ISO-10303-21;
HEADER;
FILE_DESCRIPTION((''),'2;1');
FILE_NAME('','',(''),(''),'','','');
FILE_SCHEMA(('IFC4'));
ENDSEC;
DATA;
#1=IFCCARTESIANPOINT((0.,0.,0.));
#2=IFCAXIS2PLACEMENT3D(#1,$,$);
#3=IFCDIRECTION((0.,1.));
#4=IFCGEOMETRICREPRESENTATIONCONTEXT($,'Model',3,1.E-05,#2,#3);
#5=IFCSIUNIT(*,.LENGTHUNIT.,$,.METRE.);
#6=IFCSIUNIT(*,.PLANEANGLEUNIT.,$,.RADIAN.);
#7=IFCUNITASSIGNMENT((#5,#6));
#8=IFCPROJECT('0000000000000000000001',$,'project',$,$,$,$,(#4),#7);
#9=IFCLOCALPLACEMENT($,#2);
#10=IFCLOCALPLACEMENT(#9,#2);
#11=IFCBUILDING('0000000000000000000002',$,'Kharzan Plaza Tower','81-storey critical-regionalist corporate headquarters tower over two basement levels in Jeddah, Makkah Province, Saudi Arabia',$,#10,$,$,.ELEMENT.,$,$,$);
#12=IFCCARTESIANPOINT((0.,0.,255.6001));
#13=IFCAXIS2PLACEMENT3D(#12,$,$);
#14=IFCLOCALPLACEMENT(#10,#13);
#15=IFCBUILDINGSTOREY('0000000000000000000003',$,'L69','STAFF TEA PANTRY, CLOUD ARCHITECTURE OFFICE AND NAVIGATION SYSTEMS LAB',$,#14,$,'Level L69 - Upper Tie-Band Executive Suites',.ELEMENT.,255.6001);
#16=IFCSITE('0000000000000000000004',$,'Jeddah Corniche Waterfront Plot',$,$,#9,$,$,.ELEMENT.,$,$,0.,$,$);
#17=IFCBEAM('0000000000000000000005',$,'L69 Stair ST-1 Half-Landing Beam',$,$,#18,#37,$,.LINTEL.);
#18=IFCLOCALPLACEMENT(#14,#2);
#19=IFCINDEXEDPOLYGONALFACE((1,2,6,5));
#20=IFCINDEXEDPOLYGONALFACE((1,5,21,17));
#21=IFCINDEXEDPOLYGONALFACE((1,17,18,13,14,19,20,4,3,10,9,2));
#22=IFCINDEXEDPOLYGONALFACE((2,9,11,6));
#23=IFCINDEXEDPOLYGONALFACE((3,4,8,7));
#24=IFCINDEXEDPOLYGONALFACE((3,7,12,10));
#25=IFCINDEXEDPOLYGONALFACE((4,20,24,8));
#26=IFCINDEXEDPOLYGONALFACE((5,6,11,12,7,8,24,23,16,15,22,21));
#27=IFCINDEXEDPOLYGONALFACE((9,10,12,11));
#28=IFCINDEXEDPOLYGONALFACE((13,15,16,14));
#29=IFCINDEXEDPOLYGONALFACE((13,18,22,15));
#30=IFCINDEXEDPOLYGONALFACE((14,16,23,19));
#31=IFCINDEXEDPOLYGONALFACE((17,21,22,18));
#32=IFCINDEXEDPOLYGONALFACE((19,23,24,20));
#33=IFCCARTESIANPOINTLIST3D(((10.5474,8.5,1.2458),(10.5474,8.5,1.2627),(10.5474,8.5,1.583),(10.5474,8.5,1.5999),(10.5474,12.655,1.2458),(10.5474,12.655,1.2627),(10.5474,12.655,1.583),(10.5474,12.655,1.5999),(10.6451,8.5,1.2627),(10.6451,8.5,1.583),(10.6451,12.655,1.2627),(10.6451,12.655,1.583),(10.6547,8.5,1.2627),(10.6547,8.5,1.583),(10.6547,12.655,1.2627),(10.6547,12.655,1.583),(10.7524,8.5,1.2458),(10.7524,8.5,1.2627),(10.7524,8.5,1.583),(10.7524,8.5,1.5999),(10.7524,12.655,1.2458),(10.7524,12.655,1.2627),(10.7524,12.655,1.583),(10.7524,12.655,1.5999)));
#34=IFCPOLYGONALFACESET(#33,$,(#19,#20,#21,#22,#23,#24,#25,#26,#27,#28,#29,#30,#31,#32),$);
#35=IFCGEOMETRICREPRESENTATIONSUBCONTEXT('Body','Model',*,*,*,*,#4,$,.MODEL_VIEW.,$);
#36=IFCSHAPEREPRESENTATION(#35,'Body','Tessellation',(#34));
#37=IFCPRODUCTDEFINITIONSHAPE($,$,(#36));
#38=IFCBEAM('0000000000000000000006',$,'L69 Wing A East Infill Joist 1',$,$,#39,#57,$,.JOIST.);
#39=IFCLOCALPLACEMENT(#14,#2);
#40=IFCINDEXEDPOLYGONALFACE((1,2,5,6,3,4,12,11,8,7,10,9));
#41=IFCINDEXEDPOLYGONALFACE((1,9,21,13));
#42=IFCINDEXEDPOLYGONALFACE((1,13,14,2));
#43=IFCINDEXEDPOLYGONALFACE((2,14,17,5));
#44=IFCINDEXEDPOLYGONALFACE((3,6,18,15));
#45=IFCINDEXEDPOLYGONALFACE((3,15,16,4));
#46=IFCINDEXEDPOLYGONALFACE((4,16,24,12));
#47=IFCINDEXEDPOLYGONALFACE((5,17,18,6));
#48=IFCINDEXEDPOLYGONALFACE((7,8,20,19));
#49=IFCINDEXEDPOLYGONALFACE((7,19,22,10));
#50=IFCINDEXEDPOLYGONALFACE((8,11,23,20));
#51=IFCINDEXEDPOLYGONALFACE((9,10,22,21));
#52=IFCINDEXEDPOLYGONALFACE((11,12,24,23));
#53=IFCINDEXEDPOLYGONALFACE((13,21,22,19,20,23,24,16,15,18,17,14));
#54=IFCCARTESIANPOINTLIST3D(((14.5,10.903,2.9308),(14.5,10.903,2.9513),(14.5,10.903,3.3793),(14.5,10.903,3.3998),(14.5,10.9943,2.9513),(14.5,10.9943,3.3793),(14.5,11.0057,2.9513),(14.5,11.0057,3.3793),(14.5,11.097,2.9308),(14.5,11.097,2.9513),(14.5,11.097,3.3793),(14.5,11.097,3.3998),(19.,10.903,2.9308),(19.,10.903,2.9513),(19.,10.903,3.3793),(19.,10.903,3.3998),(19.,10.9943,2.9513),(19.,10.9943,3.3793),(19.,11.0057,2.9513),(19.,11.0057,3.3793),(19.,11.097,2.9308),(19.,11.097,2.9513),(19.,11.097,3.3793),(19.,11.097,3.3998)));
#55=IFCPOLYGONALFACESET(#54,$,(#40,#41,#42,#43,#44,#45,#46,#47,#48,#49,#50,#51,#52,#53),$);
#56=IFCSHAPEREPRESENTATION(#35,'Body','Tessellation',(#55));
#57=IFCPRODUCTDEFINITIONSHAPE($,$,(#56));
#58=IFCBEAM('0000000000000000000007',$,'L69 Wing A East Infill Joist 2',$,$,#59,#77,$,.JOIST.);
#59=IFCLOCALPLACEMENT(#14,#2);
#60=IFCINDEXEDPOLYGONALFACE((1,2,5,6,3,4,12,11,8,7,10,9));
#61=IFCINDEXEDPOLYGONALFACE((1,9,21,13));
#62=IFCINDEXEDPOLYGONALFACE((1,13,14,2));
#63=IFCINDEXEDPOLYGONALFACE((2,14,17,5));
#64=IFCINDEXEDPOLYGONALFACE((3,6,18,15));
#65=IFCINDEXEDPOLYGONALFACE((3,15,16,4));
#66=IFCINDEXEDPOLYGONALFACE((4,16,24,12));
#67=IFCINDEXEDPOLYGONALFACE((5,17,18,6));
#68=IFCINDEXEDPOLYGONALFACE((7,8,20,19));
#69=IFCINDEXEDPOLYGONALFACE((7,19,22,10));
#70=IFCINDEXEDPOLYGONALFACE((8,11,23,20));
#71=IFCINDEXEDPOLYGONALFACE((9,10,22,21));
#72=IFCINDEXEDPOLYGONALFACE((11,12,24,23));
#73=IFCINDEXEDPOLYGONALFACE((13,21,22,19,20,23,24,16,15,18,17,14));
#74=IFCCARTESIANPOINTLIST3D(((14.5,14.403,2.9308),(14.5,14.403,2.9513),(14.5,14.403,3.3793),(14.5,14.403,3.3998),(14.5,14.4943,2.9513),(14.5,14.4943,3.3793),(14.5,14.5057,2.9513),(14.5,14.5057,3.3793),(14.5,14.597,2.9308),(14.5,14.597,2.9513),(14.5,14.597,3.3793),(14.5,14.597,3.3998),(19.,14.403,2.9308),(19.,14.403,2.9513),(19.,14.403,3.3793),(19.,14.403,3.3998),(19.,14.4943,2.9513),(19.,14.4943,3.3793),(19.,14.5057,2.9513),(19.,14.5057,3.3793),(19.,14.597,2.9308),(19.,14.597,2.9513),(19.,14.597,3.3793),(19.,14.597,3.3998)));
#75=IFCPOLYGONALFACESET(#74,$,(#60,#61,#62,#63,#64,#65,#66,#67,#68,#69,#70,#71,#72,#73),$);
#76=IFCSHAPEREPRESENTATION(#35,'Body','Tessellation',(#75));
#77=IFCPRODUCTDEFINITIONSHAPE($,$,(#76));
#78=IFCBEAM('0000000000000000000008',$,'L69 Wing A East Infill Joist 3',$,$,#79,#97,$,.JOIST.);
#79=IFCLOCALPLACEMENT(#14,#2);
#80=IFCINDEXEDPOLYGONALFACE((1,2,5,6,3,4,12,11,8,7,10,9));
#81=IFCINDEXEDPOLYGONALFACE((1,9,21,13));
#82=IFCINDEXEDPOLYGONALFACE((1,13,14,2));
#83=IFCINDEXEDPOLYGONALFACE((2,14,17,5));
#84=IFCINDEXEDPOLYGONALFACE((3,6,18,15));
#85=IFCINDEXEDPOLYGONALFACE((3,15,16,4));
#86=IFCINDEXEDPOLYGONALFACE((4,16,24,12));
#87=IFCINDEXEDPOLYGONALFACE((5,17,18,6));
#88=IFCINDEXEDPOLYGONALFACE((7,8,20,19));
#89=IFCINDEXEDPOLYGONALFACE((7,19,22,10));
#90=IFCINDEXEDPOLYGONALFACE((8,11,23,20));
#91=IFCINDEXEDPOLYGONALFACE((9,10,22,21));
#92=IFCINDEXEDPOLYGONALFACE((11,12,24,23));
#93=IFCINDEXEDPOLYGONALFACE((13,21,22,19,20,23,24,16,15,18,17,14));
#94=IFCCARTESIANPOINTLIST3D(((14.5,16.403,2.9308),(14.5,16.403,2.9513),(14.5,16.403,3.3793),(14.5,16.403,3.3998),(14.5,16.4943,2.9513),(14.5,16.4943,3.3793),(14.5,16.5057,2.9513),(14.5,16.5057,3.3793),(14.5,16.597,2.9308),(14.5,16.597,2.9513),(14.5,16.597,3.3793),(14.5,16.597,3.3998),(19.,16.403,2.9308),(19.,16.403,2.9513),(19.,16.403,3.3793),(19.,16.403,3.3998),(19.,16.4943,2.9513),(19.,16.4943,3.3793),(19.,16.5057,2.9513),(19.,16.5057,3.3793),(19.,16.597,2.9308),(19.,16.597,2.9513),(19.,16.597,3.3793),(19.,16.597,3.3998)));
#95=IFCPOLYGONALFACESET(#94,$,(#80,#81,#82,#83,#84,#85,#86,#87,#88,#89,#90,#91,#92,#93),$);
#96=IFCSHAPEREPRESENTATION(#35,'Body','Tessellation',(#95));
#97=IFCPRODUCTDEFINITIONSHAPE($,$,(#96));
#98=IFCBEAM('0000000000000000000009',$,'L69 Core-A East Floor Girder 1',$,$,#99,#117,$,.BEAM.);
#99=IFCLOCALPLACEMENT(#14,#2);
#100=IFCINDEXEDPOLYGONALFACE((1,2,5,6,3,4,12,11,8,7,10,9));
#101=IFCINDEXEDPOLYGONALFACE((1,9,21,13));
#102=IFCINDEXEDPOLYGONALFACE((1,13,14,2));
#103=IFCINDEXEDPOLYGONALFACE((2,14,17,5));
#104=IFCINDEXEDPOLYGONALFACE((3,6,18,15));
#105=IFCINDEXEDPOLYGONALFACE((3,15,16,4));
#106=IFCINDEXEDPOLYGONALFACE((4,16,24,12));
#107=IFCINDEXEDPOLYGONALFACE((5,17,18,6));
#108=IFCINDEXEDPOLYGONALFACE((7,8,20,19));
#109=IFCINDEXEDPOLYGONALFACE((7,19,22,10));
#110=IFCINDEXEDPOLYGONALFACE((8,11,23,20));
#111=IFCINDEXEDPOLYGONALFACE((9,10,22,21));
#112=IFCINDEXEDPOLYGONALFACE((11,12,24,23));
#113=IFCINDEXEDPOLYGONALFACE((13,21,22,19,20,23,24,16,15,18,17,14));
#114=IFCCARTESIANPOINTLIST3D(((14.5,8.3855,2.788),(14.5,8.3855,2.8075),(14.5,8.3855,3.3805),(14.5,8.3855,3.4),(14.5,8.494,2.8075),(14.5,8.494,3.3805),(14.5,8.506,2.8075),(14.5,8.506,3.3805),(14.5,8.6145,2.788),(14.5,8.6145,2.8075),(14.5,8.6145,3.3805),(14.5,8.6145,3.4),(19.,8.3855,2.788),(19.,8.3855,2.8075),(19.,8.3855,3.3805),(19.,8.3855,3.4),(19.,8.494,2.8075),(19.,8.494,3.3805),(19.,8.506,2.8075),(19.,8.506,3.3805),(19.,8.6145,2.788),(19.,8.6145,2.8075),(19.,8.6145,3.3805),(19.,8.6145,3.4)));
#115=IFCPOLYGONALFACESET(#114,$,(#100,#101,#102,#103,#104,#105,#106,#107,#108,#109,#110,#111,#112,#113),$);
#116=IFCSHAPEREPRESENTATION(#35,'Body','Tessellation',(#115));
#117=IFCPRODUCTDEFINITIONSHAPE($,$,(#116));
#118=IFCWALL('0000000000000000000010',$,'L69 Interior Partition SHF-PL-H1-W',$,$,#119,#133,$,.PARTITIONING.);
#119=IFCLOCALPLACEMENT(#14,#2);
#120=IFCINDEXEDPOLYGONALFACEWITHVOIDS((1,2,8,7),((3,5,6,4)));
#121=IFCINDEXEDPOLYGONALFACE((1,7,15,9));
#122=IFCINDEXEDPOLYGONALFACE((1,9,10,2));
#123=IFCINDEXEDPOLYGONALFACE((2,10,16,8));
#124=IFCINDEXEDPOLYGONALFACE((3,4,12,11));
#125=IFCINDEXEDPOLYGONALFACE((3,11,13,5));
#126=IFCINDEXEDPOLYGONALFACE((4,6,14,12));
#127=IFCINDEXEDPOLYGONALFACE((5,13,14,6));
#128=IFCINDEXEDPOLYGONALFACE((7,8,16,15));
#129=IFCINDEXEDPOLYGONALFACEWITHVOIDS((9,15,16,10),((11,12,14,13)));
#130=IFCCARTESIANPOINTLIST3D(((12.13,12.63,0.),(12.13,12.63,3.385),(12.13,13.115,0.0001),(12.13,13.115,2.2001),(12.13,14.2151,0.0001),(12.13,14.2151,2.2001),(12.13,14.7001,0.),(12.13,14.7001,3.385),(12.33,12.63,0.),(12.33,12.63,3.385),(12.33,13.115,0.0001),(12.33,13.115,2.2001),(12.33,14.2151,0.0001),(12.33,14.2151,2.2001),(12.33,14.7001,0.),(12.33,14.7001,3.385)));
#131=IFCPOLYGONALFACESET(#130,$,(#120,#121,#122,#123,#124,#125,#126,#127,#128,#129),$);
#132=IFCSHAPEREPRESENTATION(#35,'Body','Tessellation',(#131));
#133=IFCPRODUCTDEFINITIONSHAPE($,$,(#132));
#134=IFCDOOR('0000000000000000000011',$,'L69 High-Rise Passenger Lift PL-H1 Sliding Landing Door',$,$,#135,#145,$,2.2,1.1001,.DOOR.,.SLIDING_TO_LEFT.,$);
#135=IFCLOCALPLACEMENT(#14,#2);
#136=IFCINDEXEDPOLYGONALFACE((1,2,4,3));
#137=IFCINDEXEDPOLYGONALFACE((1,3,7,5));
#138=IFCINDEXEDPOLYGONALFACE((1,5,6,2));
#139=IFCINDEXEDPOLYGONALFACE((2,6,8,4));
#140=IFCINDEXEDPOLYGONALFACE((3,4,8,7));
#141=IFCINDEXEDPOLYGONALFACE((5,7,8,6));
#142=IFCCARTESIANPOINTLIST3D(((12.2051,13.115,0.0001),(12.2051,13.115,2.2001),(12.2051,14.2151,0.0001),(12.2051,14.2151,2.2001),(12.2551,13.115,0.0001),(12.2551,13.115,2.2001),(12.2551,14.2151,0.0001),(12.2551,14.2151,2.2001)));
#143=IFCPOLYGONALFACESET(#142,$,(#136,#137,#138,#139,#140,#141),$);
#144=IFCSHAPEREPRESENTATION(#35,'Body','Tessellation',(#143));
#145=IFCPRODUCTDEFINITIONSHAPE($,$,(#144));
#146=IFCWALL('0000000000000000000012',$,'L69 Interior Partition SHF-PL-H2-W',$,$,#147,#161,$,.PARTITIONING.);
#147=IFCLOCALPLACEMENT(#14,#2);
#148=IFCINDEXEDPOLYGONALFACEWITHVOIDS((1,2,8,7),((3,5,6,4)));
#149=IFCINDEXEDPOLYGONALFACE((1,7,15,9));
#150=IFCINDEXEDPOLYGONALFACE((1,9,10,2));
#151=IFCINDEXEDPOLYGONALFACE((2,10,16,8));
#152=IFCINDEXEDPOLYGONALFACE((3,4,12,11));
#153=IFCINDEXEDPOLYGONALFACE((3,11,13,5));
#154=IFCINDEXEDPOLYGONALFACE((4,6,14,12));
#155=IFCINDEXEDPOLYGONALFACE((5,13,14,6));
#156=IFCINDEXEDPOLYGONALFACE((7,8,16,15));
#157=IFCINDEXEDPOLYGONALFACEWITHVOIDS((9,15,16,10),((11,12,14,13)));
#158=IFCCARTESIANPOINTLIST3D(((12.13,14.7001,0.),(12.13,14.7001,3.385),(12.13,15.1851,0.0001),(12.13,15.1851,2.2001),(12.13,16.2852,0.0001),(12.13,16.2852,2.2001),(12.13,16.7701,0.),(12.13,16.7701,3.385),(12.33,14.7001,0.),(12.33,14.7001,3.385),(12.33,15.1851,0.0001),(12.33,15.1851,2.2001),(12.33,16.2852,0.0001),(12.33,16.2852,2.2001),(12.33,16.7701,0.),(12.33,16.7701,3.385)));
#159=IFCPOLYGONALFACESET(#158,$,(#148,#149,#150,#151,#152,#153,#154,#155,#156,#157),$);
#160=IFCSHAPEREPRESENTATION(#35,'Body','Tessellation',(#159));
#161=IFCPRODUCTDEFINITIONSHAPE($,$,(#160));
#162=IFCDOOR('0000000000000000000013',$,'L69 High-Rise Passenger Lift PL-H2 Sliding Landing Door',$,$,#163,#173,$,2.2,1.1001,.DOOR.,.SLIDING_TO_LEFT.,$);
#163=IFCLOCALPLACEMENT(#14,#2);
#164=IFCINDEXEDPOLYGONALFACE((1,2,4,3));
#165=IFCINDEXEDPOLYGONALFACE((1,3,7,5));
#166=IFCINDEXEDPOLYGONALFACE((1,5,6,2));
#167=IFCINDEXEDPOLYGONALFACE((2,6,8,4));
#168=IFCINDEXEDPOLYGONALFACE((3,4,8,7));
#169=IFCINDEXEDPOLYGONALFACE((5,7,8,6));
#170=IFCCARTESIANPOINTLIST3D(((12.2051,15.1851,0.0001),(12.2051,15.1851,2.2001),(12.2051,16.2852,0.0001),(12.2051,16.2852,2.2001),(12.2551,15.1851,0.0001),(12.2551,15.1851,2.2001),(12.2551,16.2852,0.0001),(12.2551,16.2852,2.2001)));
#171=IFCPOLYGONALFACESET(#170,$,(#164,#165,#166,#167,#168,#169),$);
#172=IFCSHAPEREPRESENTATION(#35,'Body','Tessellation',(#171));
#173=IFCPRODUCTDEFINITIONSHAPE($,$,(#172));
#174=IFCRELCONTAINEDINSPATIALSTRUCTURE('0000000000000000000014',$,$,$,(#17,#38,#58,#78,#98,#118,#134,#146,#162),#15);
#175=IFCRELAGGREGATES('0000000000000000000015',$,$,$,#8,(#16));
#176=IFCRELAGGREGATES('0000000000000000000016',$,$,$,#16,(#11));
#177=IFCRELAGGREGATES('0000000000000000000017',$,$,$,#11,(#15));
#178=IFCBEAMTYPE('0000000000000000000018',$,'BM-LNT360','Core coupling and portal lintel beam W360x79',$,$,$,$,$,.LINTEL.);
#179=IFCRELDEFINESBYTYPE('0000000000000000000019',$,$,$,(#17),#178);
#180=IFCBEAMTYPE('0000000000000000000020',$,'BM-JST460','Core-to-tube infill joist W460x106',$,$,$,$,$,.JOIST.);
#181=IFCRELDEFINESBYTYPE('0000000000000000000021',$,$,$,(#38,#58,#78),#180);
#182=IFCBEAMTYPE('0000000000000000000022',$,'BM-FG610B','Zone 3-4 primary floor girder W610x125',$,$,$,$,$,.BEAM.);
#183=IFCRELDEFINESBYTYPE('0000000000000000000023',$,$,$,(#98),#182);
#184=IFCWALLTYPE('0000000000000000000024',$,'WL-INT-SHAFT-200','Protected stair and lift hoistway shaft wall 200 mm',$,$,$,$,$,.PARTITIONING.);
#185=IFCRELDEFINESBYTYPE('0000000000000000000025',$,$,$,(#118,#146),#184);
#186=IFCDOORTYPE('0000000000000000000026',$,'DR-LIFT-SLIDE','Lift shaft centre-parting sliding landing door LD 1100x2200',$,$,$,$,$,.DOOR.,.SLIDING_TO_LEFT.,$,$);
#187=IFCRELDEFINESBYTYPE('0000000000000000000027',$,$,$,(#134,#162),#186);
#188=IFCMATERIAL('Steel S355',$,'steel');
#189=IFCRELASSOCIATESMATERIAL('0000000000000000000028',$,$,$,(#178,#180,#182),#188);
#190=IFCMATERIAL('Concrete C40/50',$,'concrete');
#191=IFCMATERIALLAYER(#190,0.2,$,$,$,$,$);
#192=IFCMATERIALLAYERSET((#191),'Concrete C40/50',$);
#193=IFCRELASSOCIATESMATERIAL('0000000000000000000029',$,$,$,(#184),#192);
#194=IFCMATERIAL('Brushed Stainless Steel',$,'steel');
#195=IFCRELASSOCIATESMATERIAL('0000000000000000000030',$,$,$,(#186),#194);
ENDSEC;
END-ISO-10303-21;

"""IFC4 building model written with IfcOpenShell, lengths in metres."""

from ifc_helpers import new_model, si_unit, direction, frame, frame_2d, origin, origin_2d, place, context, subcontext, project, spatial, rectangle, i_section, extrude, source, transform, mapped, material, layer, layer_set, material_profile, profile_set, type_object, element, fill, save


model = new_model("IFC4")

# Units and contexts
model_context = context("Model", 3, precision=1e-05, world=origin(), true_north=direction((0.0, 1.0)))
body_context = subcontext(model_context, "Body", "Model", "MODEL_VIEW")
ifc_project = project(units=[si_unit("LENGTHUNIT", "METRE"), si_unit("PLANEANGLEUNIT", "RADIAN")], contexts=[model_context])

# Site, building, storey
site_placement = place(None, origin())
site = spatial("IfcSite", under=ifc_project, at=site_placement, Name="Jeddah Corniche Waterfront Plot", CompositionType="ELEMENT", RefElevation=0.0)
building_placement = place(site_placement, origin())
building = spatial("IfcBuilding", under=site, at=building_placement, Name="Kharzan Plaza Tower", Description="81-storey critical-regionalist corporate headquarters tower over two basement levels in Jeddah, Makkah Province, Saudi Arabia", CompositionType="ELEMENT")
storey_placement = place(building_placement, frame((0.0, 0.0, 255.6001)))
storey = spatial("IfcBuildingStorey", under=building, at=storey_placement, Name="L69", Description="STAFF TEA PANTRY, CLOUD ARCHITECTURE OFFICE AND NAVIGATION SYSTEMS LAB", LongName="Level L69 - Upper Tie-Band Executive Suites", CompositionType="ELEMENT", Elevation=255.6001)

# Beams
ifc_material_1 = material(Name="Steel S355", Category="steel")
ifc_material_profile_1 = material_profile(ifc_material_1, i_section(OverallWidth=0.2051, OverallDepth=0.354, WebThickness=0.0095, FlangeThickness=0.0168, at=origin_2d()), Name="W360x79")
ifc_profile_set_1 = profile_set([ifc_material_profile_1], Name="Steel S355")
beam_type_1 = type_object("IfcBeamType", Name="BM-LNT360", Description="Core coupling and portal lintel beam W360x79", PredefinedType="LINTEL", material=ifc_profile_set_1)
shared_shape_1 = source(origin(), body_context, "Body", "SweptSolid", [
    extrude(i_section(OverallWidth=0.2051, OverallDepth=0.354, WebThickness=0.0095, FlangeThickness=0.0168, at=origin_2d()), origin(), (0.0, 0.0, 1.0), 4.155),
])
beam_1_placement = place(storey_placement, frame((10.6499, 8.5, 1.4229), z_axis=(0.0, 1.0, 0.0), x_axis=(-1.0, 0.0, 0.0)))
element("IfcBeam", 1, at=beam_1_placement, inside=storey, type_object=beam_type_1, Name="L69 Stair ST-1 Half-Landing Beam", PredefinedType="LINTEL", context=body_context, shape_type="MappedRepresentation", body=[
    mapped(shared_shape_1, transform((0.0, 0.0, 0.0), x_axis=(1.0, 0.0, 0.0), y_axis=(0.0, 1.0, 0.0), z_axis=(0.0, 0.0, 1.0))),
])
ifc_material_profile_2 = material_profile(ifc_material_1, i_section(OverallWidth=0.1941, OverallDepth=0.469, WebThickness=0.0115, FlangeThickness=0.0205, at=origin_2d()), Name="W460x106")
ifc_profile_set_2 = profile_set([ifc_material_profile_2], Name="Steel S355")
beam_type_2 = type_object("IfcBeamType", Name="BM-JST460", Description="Core-to-tube infill joist W460x106", PredefinedType="JOIST", material=ifc_profile_set_2)
shared_shape_2 = source(origin(), body_context, "Body", "SweptSolid", [
    extrude(i_section(OverallWidth=0.1941, OverallDepth=0.469, WebThickness=0.0115, FlangeThickness=0.0205, at=origin_2d()), origin(), (0.0, 0.0, 1.0), 4.5),
])
for number, where, z_axis, x_axis, name in (
    (2, (14.5, 11.0, 3.1653), (1.0, 0.0, 0.0), (0.0, 1.0, 0.0), "L69 Wing A East Infill Joist 1"),
    (3, (14.5, 14.5, 3.1653), (1.0, 0.0, 0.0), (0.0, 1.0, 0.0), "L69 Wing A East Infill Joist 2"),
    (4, (14.5, 16.5, 3.1653), (1.0, 0.0, 0.0), (0.0, 1.0, 0.0), "L69 Wing A East Infill Joist 3"),
):
    element("IfcBeam", number, at=place(storey_placement, frame(where, z_axis=z_axis, x_axis=x_axis)), inside=storey, type_object=beam_type_2, Name=name, PredefinedType="JOIST", context=body_context, shape_type="MappedRepresentation", body=[
        mapped(shared_shape_2, transform((0.0, 0.0, 0.0), x_axis=(1.0, 0.0, 0.0), y_axis=(0.0, 1.0, 0.0), z_axis=(0.0, 0.0, 1.0))),
    ])
ifc_material_profile_3 = material_profile(ifc_material_1, i_section(OverallWidth=0.229, OverallDepth=0.6121, WebThickness=0.012, FlangeThickness=0.0195, at=origin_2d()), Name="W610x125")
ifc_profile_set_3 = profile_set([ifc_material_profile_3], Name="Steel S355")
beam_type_3 = type_object("IfcBeamType", Name="BM-FG610B", Description="Zone 3-4 primary floor girder W610x125", PredefinedType="BEAM", material=ifc_profile_set_3)
shared_shape_3 = source(origin(), body_context, "Body", "SweptSolid", [
    extrude(i_section(OverallWidth=0.229, OverallDepth=0.6121, WebThickness=0.012, FlangeThickness=0.0195, at=origin_2d()), origin(), (0.0, 0.0, 1.0), 4.5),
])
beam_2_placement = place(storey_placement, frame((14.5, 8.5, 3.094), z_axis=(1.0, 0.0, 0.0), x_axis=(0.0, 1.0, 0.0)))
element("IfcBeam", 5, at=beam_2_placement, inside=storey, type_object=beam_type_3, Name="L69 Core-A East Floor Girder 1", PredefinedType="BEAM", context=body_context, shape_type="MappedRepresentation", body=[
    mapped(shared_shape_3, transform((0.0, 0.0, 0.0), x_axis=(1.0, 0.0, 0.0), y_axis=(0.0, 1.0, 0.0), z_axis=(0.0, 0.0, 1.0))),
])

# Walls, openings, doors
ifc_material_2 = material(Name="Concrete C40/50", Category="concrete")
ifc_layer_1 = layer(ifc_material_2, 0.2)
ifc_layer_set_1 = layer_set([ifc_layer_1], Name="Concrete C40/50")
wall_type_1 = type_object("IfcWallType", Name="WL-INT-SHAFT-200", Description="Protected stair and lift hoistway shaft wall 200 mm", PredefinedType="PARTITIONING", material=ifc_layer_set_1)
wall_1_placement = place(storey_placement, frame((12.23, 12.6299, 0.0), z_axis=(0.0, 0.0, 1.0), x_axis=(0.0, 1.0, 0.0)))
wall_1 = element("IfcWall", 6, at=wall_1_placement, inside=storey, type_object=wall_type_1, Name="L69 Interior Partition SHF-PL-H1-W", PredefinedType="PARTITIONING", context=body_context, shape_type="SweptSolid", body=[
    extrude(rectangle(XDim=2.0701, YDim=0.2, at=frame_2d((1.0352, 0.0))), origin(), (0.0, 0.0, 1.0), 3.385),
])
opening_1_placement = place(wall_1_placement, frame((0.4851, 0.0, 0.0)))
opening_1 = element("IfcOpeningElement", 7, at=opening_1_placement, cuts=wall_1, PredefinedType="OPENING", context=body_context, shape_type="SweptSolid", body=[
    extrude(rectangle(XDim=1.1001, YDim=2.2, at=frame_2d((0.55, 1.1001))), frame((0.0, 0.1099, 0.0), z_axis=(0.0, -1.0, 0.0), x_axis=(1.0, 0.0, 0.0)), (0.0, 0.0, 1.0), 0.22),
])
ifc_material_3 = material(Name="Brushed Stainless Steel", Category="steel")
door_type = type_object("IfcDoorType", Name="DR-LIFT-SLIDE", Description="Lift shaft centre-parting sliding landing door LD 1100x2200", OperationType="SLIDING_TO_LEFT", PredefinedType="DOOR", material=ifc_material_3)
shared_shape_4 = source(origin(), body_context, "Body", "SweptSolid", [
    extrude(rectangle(XDim=1.1001, YDim=2.2, at=frame_2d((0.55, 1.1001))), frame((0.0, 0.0249, 0.0), z_axis=(0.0, -1.0, 0.0), x_axis=(1.0, 0.0, 0.0)), (0.0, 0.0, 1.0), 0.05),
])
door_1_placement = place(opening_1_placement, origin())
door_1 = element("IfcDoor", 8, at=door_1_placement, inside=storey, type_object=door_type, Name="L69 High-Rise Passenger Lift PL-H1 Sliding Landing Door", OperationType="SLIDING_TO_LEFT", OverallHeight=2.2, OverallWidth=1.1001, PredefinedType="DOOR", context=body_context, shape_type="MappedRepresentation", body=[
    mapped(shared_shape_4, transform((0.0, 0.0, 0.0), x_axis=(1.0, 0.0, 0.0), y_axis=(0.0, 1.0, 0.0), z_axis=(0.0, 0.0, 1.0))),
])
fill(opening_1, door_1)
wall_2_placement = place(storey_placement, frame((12.23, 14.7, 0.0), z_axis=(0.0, 0.0, 1.0), x_axis=(0.0, 1.0, 0.0)))
wall_2 = element("IfcWall", 9, at=wall_2_placement, inside=storey, type_object=wall_type_1, Name="L69 Interior Partition SHF-PL-H2-W", PredefinedType="PARTITIONING", context=body_context, shape_type="SweptSolid", body=[
    extrude(rectangle(XDim=2.0701, YDim=0.2, at=frame_2d((1.0352, 0.0))), origin(), (0.0, 0.0, 1.0), 3.385),
])
opening_2_placement = place(wall_2_placement, frame((0.4851, 0.0, 0.0)))
opening_2 = element("IfcOpeningElement", 10, at=opening_2_placement, cuts=wall_2, PredefinedType="OPENING", context=body_context, shape_type="SweptSolid", body=[
    extrude(rectangle(XDim=1.1001, YDim=2.2, at=frame_2d((0.55, 1.1001))), frame((0.0, 0.1099, 0.0), z_axis=(0.0, -1.0, 0.0), x_axis=(1.0, 0.0, 0.0)), (0.0, 0.0, 1.0), 0.22),
])
door_2_placement = place(opening_2_placement, origin())
door_2 = element("IfcDoor", 11, at=door_2_placement, inside=storey, type_object=door_type, Name="L69 High-Rise Passenger Lift PL-H2 Sliding Landing Door", OperationType="SLIDING_TO_LEFT", OverallHeight=2.2, OverallWidth=1.1001, PredefinedType="DOOR", context=body_context, shape_type="MappedRepresentation", body=[
    mapped(shared_shape_4, transform((0.0, 0.0, 0.0), x_axis=(1.0, 0.0, 0.0), y_axis=(0.0, 1.0, 0.0), z_axis=(0.0, 0.0, 1.0))),
])
fill(opening_2, door_2)

save(model, "model.ifc")
